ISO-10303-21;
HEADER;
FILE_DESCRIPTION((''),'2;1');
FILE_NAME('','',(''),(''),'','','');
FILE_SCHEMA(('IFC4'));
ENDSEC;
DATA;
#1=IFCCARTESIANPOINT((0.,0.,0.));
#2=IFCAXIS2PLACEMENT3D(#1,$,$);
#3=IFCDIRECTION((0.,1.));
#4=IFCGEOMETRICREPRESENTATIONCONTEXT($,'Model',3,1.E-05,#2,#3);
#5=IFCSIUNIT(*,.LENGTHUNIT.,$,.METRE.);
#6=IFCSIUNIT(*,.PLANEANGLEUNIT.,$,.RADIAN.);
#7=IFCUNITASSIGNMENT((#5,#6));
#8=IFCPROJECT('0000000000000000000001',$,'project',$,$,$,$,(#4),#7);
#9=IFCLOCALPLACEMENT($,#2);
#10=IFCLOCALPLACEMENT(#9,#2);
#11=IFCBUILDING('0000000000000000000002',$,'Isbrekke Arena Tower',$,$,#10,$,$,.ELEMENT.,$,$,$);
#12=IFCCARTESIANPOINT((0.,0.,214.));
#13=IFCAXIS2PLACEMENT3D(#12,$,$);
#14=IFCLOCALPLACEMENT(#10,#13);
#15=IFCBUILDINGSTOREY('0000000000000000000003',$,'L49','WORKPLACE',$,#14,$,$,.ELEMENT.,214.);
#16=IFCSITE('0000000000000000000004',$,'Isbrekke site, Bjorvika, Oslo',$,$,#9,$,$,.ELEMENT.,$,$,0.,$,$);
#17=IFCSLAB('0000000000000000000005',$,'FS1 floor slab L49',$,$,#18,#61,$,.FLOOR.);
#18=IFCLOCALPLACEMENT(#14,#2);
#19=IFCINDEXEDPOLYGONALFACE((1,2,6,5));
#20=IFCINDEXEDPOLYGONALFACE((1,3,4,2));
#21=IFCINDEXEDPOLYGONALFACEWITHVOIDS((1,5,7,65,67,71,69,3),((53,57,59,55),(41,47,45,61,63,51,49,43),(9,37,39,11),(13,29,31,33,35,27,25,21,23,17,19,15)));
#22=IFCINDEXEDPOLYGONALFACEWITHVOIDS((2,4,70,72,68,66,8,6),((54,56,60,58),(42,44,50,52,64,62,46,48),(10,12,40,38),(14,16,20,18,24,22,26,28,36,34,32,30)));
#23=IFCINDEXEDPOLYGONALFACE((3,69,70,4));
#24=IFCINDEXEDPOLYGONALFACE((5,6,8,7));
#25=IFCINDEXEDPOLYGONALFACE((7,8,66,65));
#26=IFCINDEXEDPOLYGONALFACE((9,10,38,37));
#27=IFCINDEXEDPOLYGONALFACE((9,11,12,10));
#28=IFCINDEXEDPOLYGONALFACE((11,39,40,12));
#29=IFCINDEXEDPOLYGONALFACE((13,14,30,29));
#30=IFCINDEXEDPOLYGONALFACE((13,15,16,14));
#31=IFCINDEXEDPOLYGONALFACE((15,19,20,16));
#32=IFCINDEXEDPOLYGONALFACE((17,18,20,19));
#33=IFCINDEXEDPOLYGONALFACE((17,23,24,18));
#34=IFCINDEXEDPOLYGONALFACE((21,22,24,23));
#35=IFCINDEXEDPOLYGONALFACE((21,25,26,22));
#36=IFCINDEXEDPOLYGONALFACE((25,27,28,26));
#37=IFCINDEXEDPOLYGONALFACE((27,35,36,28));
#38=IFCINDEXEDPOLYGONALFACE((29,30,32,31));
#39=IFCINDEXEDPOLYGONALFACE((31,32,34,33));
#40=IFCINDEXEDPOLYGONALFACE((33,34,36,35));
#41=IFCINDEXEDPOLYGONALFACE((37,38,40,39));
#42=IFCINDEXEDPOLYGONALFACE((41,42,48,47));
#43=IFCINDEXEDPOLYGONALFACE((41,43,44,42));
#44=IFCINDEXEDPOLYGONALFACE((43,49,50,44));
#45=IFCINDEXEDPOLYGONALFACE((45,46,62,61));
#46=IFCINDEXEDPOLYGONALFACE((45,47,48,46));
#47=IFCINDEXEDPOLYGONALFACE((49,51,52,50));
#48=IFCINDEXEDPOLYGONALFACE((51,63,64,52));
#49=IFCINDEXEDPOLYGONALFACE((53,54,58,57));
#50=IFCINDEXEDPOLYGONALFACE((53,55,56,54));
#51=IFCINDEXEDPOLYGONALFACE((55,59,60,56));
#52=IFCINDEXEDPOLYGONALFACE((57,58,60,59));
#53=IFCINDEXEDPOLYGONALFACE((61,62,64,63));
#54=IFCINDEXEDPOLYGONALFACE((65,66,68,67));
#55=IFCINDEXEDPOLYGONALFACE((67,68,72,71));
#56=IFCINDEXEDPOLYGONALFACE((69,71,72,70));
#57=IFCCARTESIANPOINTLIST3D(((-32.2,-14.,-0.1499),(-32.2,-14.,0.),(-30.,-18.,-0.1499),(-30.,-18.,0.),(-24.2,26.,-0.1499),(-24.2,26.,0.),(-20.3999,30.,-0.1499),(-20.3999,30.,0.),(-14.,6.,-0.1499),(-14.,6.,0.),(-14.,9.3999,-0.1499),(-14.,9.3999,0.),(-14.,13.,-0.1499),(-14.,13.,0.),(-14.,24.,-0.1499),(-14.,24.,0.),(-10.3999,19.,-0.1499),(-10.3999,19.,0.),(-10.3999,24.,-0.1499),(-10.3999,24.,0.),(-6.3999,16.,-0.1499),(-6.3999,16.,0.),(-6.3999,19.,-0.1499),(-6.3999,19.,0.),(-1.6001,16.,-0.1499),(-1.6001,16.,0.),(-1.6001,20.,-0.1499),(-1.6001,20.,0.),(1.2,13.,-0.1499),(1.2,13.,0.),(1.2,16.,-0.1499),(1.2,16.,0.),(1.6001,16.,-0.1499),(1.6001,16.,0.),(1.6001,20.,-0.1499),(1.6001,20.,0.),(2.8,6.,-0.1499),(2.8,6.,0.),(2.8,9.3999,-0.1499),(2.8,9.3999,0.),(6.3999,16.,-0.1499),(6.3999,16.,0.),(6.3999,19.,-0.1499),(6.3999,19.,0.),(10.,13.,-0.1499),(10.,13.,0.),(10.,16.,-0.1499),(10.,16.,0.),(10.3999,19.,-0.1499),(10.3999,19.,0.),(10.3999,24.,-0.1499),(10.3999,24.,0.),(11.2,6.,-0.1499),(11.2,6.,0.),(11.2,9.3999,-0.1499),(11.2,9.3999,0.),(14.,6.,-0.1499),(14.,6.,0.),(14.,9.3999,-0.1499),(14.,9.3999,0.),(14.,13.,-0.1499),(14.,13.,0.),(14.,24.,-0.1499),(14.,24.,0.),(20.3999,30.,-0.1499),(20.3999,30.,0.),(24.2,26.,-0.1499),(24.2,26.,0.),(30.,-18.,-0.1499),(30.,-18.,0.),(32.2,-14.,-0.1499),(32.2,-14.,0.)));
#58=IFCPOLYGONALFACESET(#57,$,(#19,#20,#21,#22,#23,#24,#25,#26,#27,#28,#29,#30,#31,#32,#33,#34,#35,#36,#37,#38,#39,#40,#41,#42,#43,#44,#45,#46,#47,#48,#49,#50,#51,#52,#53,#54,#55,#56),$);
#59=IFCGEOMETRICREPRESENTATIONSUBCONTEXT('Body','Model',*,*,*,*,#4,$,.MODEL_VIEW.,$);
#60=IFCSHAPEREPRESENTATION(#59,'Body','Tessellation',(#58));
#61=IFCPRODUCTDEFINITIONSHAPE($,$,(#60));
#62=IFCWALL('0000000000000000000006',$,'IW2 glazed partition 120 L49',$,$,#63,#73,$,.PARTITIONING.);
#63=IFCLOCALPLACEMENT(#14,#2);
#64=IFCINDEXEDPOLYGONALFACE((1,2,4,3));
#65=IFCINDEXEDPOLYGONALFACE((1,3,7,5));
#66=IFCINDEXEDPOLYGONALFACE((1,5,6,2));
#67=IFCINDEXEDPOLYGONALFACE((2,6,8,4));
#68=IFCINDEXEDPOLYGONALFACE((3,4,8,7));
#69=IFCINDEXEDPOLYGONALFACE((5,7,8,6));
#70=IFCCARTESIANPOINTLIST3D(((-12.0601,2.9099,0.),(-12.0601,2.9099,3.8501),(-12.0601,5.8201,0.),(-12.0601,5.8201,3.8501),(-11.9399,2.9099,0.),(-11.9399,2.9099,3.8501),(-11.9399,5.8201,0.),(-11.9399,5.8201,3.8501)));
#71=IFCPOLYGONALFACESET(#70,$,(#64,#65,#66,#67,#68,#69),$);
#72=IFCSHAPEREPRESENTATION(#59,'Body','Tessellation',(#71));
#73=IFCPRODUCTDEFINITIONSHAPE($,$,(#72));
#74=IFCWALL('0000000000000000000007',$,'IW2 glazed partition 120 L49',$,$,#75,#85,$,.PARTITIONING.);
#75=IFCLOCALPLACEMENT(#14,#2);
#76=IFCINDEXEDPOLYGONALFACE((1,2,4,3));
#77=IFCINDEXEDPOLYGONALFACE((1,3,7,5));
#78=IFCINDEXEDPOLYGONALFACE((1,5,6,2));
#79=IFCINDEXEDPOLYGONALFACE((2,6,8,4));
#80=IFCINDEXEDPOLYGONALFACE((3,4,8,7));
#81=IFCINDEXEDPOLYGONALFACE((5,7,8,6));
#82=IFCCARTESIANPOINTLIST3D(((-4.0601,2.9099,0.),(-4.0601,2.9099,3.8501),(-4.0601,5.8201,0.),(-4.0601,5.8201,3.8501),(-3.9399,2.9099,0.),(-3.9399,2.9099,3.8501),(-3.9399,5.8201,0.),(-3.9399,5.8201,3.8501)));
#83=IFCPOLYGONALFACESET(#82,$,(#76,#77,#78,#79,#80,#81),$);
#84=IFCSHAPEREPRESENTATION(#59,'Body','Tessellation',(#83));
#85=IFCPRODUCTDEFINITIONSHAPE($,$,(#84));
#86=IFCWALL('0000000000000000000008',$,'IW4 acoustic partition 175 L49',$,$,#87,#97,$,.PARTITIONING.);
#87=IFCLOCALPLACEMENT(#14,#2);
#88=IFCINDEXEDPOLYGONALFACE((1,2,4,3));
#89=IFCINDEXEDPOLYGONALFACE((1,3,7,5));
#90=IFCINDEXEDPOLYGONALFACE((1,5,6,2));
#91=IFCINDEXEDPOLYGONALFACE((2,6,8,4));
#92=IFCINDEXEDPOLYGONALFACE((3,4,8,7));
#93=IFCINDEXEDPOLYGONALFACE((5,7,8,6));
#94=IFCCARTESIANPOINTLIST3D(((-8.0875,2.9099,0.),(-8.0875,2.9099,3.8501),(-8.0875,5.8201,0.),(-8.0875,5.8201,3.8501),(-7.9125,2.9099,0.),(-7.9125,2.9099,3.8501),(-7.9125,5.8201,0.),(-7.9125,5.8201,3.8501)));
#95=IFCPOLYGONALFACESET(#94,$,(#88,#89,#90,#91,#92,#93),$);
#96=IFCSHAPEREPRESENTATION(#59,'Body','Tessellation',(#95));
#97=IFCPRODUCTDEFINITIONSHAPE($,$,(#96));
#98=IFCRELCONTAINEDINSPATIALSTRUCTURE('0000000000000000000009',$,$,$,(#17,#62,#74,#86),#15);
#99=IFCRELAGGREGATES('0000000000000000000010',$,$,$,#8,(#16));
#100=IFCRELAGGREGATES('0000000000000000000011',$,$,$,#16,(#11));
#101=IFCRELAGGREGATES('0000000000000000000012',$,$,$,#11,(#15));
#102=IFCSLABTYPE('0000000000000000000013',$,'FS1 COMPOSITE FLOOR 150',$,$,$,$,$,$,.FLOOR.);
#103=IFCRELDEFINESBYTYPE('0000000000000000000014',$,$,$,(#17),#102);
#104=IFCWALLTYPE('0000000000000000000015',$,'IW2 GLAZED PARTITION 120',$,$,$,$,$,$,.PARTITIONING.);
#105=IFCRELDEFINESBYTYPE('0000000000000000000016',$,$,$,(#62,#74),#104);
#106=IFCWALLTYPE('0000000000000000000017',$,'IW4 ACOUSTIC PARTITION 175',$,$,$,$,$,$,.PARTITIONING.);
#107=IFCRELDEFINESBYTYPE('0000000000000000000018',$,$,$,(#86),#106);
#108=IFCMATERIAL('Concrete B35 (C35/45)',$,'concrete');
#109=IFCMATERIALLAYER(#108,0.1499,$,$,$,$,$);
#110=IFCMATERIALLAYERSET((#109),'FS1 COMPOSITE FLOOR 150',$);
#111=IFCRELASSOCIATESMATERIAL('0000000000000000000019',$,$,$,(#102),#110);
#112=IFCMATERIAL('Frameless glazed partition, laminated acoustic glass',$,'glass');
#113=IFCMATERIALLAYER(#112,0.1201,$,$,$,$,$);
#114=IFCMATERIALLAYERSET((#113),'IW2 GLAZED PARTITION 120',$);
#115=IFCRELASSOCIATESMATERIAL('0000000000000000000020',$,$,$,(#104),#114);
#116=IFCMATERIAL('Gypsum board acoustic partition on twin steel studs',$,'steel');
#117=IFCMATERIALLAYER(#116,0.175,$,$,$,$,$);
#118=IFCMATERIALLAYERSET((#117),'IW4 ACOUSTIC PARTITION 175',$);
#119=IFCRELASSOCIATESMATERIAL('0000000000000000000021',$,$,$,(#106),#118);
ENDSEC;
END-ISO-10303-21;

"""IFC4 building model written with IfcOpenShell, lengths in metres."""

from ifc_helpers import new_model, si_unit, direction, frame, frame_2d, origin, place, context, subcontext, project, spatial, polyline, rectangle, outline, extrude, material, layer, layer_set, type_object, element, save


model = new_model("IFC4")

# Units and contexts
model_context = context("Model", 3, precision=1e-05, world=origin(), true_north=direction((0.0, 1.0)))
body_context = subcontext(model_context, "Body", "Model", "MODEL_VIEW")
ifc_project = project(units=[si_unit("LENGTHUNIT", "METRE"), si_unit("PLANEANGLEUNIT", "RADIAN")], contexts=[model_context])

# Site, building, storey
site_placement = place(None, origin())
site = spatial("IfcSite", under=ifc_project, at=site_placement, Name="Isbrekke site, Bjorvika, Oslo", CompositionType="ELEMENT", RefElevation=0.0)
building_placement = place(site_placement, origin())
building = spatial("IfcBuilding", under=site, at=building_placement, Name="Isbrekke Arena Tower", CompositionType="ELEMENT")
storey_placement = place(building_placement, frame((0.0, 0.0, 214.0)))
storey = spatial("IfcBuildingStorey", under=building, at=storey_placement, Name="L49", Description="WORKPLACE", CompositionType="ELEMENT", Elevation=214.0)

# Slab
ifc_material_1 = material(Name="Concrete B35 (C35/45)", Category="concrete")
ifc_layer_1 = layer(ifc_material_1, 0.1499)
ifc_layer_set_1 = layer_set([ifc_layer_1], Name="FS1 COMPOSITE FLOOR 150")
slab_type = type_object("IfcSlabType", Name="FS1 COMPOSITE FLOOR 150", PredefinedType="FLOOR", material=ifc_layer_set_1)
slab_placement = place(storey_placement, frame((0.0, 0.0, -0.1499)))
element("IfcSlab", 1, at=slab_placement, inside=storey, type_object=slab_type, Name="FS1 floor slab L49", PredefinedType="FLOOR", context=body_context, shape_type="SweptSolid", body=[
    extrude(outline(polyline([(-30.0, -18.0), (30.0, -18.0), (32.2, -14.0), (24.2, 26.0), (20.3999, 30.0), (-20.3999, 30.0), (-24.2, 26.0), (-32.2, -14.0), (-30.0, -18.0)]), holes=[polyline([(2.8, 9.3999), (2.8, 6.0), (-14.0, 6.0), (-14.0, 9.3999), (2.8, 9.3999)]), polyline([(11.2, 6.0), (11.2, 9.3999), (14.0, 9.3999), (14.0, 6.0), (11.2, 6.0)]), polyline([(-14.0, 13.0), (-14.0, 24.0), (-10.3999, 24.0), (-10.3999, 19.0), (-6.3999, 19.0), (-6.3999, 16.0), (-1.6001, 16.0), (-1.6001, 20.0), (1.6001, 20.0), (1.6001, 16.0), (1.2, 16.0), (1.2, 13.0), (-14.0, 13.0)]), polyline([(10.0, 13.0), (10.0, 16.0), (6.3999, 16.0), (6.3999, 19.0), (10.3999, 19.0), (10.3999, 24.0), (14.0, 24.0), (14.0, 13.0), (10.0, 13.0)])]), origin(), (0.0, 0.0, 1.0), 0.1499),
])

# Walls
ifc_material_2 = material(Name="Frameless glazed partition, laminated acoustic glass", Category="glass")
ifc_layer_2 = layer(ifc_material_2, 0.1201)
ifc_layer_set_2 = layer_set([ifc_layer_2], Name="IW2 GLAZED PARTITION 120")
wall_type_1 = type_object("IfcWallType", Name="IW2 GLAZED PARTITION 120", PredefinedType="PARTITIONING", material=ifc_layer_set_2)
for number, where, z_axis, x_axis, name in (
    (2, (-12.0, 2.9099, 0.0), (0.0, 0.0, 1.0), (0.0, 1.0, 0.0), "IW2 glazed partition 120 L49"),
    (3, (-4.0, 2.9099, 0.0), (0.0, 0.0, 1.0), (0.0, 1.0, 0.0), "IW2 glazed partition 120 L49"),
):
    element("IfcWall", number, at=place(storey_placement, frame(where, z_axis=z_axis, x_axis=x_axis)), inside=storey, type_object=wall_type_1, Name=name, PredefinedType="PARTITIONING", context=body_context, shape_type="SweptSolid", body=[
        extrude(rectangle(XDim=2.9102, YDim=0.1201, at=frame_2d((1.4551, 0.0))), origin(), (0.0, 0.0, 1.0), 3.8501),
    ])
ifc_material_3 = material(Name="Gypsum board acoustic partition on twin steel studs", Category="steel")
ifc_layer_3 = layer(ifc_material_3, 0.175)
ifc_layer_set_3 = layer_set([ifc_layer_3], Name="IW4 ACOUSTIC PARTITION 175")
wall_type_2 = type_object("IfcWallType", Name="IW4 ACOUSTIC PARTITION 175", PredefinedType="PARTITIONING", material=ifc_layer_set_3)
wall_placement = place(storey_placement, frame((-8.0, 2.9099, 0.0), z_axis=(0.0, 0.0, 1.0), x_axis=(0.0, 1.0, 0.0)))
element("IfcWall", 4, at=wall_placement, inside=storey, type_object=wall_type_2, Name="IW4 acoustic partition 175 L49", PredefinedType="PARTITIONING", context=body_context, shape_type="SweptSolid", body=[
    extrude(rectangle(XDim=2.9102, YDim=0.175, at=frame_2d((1.4551, 0.0))), origin(), (0.0, 0.0, 1.0), 3.8501),
])

save(model, "model.ifc")
